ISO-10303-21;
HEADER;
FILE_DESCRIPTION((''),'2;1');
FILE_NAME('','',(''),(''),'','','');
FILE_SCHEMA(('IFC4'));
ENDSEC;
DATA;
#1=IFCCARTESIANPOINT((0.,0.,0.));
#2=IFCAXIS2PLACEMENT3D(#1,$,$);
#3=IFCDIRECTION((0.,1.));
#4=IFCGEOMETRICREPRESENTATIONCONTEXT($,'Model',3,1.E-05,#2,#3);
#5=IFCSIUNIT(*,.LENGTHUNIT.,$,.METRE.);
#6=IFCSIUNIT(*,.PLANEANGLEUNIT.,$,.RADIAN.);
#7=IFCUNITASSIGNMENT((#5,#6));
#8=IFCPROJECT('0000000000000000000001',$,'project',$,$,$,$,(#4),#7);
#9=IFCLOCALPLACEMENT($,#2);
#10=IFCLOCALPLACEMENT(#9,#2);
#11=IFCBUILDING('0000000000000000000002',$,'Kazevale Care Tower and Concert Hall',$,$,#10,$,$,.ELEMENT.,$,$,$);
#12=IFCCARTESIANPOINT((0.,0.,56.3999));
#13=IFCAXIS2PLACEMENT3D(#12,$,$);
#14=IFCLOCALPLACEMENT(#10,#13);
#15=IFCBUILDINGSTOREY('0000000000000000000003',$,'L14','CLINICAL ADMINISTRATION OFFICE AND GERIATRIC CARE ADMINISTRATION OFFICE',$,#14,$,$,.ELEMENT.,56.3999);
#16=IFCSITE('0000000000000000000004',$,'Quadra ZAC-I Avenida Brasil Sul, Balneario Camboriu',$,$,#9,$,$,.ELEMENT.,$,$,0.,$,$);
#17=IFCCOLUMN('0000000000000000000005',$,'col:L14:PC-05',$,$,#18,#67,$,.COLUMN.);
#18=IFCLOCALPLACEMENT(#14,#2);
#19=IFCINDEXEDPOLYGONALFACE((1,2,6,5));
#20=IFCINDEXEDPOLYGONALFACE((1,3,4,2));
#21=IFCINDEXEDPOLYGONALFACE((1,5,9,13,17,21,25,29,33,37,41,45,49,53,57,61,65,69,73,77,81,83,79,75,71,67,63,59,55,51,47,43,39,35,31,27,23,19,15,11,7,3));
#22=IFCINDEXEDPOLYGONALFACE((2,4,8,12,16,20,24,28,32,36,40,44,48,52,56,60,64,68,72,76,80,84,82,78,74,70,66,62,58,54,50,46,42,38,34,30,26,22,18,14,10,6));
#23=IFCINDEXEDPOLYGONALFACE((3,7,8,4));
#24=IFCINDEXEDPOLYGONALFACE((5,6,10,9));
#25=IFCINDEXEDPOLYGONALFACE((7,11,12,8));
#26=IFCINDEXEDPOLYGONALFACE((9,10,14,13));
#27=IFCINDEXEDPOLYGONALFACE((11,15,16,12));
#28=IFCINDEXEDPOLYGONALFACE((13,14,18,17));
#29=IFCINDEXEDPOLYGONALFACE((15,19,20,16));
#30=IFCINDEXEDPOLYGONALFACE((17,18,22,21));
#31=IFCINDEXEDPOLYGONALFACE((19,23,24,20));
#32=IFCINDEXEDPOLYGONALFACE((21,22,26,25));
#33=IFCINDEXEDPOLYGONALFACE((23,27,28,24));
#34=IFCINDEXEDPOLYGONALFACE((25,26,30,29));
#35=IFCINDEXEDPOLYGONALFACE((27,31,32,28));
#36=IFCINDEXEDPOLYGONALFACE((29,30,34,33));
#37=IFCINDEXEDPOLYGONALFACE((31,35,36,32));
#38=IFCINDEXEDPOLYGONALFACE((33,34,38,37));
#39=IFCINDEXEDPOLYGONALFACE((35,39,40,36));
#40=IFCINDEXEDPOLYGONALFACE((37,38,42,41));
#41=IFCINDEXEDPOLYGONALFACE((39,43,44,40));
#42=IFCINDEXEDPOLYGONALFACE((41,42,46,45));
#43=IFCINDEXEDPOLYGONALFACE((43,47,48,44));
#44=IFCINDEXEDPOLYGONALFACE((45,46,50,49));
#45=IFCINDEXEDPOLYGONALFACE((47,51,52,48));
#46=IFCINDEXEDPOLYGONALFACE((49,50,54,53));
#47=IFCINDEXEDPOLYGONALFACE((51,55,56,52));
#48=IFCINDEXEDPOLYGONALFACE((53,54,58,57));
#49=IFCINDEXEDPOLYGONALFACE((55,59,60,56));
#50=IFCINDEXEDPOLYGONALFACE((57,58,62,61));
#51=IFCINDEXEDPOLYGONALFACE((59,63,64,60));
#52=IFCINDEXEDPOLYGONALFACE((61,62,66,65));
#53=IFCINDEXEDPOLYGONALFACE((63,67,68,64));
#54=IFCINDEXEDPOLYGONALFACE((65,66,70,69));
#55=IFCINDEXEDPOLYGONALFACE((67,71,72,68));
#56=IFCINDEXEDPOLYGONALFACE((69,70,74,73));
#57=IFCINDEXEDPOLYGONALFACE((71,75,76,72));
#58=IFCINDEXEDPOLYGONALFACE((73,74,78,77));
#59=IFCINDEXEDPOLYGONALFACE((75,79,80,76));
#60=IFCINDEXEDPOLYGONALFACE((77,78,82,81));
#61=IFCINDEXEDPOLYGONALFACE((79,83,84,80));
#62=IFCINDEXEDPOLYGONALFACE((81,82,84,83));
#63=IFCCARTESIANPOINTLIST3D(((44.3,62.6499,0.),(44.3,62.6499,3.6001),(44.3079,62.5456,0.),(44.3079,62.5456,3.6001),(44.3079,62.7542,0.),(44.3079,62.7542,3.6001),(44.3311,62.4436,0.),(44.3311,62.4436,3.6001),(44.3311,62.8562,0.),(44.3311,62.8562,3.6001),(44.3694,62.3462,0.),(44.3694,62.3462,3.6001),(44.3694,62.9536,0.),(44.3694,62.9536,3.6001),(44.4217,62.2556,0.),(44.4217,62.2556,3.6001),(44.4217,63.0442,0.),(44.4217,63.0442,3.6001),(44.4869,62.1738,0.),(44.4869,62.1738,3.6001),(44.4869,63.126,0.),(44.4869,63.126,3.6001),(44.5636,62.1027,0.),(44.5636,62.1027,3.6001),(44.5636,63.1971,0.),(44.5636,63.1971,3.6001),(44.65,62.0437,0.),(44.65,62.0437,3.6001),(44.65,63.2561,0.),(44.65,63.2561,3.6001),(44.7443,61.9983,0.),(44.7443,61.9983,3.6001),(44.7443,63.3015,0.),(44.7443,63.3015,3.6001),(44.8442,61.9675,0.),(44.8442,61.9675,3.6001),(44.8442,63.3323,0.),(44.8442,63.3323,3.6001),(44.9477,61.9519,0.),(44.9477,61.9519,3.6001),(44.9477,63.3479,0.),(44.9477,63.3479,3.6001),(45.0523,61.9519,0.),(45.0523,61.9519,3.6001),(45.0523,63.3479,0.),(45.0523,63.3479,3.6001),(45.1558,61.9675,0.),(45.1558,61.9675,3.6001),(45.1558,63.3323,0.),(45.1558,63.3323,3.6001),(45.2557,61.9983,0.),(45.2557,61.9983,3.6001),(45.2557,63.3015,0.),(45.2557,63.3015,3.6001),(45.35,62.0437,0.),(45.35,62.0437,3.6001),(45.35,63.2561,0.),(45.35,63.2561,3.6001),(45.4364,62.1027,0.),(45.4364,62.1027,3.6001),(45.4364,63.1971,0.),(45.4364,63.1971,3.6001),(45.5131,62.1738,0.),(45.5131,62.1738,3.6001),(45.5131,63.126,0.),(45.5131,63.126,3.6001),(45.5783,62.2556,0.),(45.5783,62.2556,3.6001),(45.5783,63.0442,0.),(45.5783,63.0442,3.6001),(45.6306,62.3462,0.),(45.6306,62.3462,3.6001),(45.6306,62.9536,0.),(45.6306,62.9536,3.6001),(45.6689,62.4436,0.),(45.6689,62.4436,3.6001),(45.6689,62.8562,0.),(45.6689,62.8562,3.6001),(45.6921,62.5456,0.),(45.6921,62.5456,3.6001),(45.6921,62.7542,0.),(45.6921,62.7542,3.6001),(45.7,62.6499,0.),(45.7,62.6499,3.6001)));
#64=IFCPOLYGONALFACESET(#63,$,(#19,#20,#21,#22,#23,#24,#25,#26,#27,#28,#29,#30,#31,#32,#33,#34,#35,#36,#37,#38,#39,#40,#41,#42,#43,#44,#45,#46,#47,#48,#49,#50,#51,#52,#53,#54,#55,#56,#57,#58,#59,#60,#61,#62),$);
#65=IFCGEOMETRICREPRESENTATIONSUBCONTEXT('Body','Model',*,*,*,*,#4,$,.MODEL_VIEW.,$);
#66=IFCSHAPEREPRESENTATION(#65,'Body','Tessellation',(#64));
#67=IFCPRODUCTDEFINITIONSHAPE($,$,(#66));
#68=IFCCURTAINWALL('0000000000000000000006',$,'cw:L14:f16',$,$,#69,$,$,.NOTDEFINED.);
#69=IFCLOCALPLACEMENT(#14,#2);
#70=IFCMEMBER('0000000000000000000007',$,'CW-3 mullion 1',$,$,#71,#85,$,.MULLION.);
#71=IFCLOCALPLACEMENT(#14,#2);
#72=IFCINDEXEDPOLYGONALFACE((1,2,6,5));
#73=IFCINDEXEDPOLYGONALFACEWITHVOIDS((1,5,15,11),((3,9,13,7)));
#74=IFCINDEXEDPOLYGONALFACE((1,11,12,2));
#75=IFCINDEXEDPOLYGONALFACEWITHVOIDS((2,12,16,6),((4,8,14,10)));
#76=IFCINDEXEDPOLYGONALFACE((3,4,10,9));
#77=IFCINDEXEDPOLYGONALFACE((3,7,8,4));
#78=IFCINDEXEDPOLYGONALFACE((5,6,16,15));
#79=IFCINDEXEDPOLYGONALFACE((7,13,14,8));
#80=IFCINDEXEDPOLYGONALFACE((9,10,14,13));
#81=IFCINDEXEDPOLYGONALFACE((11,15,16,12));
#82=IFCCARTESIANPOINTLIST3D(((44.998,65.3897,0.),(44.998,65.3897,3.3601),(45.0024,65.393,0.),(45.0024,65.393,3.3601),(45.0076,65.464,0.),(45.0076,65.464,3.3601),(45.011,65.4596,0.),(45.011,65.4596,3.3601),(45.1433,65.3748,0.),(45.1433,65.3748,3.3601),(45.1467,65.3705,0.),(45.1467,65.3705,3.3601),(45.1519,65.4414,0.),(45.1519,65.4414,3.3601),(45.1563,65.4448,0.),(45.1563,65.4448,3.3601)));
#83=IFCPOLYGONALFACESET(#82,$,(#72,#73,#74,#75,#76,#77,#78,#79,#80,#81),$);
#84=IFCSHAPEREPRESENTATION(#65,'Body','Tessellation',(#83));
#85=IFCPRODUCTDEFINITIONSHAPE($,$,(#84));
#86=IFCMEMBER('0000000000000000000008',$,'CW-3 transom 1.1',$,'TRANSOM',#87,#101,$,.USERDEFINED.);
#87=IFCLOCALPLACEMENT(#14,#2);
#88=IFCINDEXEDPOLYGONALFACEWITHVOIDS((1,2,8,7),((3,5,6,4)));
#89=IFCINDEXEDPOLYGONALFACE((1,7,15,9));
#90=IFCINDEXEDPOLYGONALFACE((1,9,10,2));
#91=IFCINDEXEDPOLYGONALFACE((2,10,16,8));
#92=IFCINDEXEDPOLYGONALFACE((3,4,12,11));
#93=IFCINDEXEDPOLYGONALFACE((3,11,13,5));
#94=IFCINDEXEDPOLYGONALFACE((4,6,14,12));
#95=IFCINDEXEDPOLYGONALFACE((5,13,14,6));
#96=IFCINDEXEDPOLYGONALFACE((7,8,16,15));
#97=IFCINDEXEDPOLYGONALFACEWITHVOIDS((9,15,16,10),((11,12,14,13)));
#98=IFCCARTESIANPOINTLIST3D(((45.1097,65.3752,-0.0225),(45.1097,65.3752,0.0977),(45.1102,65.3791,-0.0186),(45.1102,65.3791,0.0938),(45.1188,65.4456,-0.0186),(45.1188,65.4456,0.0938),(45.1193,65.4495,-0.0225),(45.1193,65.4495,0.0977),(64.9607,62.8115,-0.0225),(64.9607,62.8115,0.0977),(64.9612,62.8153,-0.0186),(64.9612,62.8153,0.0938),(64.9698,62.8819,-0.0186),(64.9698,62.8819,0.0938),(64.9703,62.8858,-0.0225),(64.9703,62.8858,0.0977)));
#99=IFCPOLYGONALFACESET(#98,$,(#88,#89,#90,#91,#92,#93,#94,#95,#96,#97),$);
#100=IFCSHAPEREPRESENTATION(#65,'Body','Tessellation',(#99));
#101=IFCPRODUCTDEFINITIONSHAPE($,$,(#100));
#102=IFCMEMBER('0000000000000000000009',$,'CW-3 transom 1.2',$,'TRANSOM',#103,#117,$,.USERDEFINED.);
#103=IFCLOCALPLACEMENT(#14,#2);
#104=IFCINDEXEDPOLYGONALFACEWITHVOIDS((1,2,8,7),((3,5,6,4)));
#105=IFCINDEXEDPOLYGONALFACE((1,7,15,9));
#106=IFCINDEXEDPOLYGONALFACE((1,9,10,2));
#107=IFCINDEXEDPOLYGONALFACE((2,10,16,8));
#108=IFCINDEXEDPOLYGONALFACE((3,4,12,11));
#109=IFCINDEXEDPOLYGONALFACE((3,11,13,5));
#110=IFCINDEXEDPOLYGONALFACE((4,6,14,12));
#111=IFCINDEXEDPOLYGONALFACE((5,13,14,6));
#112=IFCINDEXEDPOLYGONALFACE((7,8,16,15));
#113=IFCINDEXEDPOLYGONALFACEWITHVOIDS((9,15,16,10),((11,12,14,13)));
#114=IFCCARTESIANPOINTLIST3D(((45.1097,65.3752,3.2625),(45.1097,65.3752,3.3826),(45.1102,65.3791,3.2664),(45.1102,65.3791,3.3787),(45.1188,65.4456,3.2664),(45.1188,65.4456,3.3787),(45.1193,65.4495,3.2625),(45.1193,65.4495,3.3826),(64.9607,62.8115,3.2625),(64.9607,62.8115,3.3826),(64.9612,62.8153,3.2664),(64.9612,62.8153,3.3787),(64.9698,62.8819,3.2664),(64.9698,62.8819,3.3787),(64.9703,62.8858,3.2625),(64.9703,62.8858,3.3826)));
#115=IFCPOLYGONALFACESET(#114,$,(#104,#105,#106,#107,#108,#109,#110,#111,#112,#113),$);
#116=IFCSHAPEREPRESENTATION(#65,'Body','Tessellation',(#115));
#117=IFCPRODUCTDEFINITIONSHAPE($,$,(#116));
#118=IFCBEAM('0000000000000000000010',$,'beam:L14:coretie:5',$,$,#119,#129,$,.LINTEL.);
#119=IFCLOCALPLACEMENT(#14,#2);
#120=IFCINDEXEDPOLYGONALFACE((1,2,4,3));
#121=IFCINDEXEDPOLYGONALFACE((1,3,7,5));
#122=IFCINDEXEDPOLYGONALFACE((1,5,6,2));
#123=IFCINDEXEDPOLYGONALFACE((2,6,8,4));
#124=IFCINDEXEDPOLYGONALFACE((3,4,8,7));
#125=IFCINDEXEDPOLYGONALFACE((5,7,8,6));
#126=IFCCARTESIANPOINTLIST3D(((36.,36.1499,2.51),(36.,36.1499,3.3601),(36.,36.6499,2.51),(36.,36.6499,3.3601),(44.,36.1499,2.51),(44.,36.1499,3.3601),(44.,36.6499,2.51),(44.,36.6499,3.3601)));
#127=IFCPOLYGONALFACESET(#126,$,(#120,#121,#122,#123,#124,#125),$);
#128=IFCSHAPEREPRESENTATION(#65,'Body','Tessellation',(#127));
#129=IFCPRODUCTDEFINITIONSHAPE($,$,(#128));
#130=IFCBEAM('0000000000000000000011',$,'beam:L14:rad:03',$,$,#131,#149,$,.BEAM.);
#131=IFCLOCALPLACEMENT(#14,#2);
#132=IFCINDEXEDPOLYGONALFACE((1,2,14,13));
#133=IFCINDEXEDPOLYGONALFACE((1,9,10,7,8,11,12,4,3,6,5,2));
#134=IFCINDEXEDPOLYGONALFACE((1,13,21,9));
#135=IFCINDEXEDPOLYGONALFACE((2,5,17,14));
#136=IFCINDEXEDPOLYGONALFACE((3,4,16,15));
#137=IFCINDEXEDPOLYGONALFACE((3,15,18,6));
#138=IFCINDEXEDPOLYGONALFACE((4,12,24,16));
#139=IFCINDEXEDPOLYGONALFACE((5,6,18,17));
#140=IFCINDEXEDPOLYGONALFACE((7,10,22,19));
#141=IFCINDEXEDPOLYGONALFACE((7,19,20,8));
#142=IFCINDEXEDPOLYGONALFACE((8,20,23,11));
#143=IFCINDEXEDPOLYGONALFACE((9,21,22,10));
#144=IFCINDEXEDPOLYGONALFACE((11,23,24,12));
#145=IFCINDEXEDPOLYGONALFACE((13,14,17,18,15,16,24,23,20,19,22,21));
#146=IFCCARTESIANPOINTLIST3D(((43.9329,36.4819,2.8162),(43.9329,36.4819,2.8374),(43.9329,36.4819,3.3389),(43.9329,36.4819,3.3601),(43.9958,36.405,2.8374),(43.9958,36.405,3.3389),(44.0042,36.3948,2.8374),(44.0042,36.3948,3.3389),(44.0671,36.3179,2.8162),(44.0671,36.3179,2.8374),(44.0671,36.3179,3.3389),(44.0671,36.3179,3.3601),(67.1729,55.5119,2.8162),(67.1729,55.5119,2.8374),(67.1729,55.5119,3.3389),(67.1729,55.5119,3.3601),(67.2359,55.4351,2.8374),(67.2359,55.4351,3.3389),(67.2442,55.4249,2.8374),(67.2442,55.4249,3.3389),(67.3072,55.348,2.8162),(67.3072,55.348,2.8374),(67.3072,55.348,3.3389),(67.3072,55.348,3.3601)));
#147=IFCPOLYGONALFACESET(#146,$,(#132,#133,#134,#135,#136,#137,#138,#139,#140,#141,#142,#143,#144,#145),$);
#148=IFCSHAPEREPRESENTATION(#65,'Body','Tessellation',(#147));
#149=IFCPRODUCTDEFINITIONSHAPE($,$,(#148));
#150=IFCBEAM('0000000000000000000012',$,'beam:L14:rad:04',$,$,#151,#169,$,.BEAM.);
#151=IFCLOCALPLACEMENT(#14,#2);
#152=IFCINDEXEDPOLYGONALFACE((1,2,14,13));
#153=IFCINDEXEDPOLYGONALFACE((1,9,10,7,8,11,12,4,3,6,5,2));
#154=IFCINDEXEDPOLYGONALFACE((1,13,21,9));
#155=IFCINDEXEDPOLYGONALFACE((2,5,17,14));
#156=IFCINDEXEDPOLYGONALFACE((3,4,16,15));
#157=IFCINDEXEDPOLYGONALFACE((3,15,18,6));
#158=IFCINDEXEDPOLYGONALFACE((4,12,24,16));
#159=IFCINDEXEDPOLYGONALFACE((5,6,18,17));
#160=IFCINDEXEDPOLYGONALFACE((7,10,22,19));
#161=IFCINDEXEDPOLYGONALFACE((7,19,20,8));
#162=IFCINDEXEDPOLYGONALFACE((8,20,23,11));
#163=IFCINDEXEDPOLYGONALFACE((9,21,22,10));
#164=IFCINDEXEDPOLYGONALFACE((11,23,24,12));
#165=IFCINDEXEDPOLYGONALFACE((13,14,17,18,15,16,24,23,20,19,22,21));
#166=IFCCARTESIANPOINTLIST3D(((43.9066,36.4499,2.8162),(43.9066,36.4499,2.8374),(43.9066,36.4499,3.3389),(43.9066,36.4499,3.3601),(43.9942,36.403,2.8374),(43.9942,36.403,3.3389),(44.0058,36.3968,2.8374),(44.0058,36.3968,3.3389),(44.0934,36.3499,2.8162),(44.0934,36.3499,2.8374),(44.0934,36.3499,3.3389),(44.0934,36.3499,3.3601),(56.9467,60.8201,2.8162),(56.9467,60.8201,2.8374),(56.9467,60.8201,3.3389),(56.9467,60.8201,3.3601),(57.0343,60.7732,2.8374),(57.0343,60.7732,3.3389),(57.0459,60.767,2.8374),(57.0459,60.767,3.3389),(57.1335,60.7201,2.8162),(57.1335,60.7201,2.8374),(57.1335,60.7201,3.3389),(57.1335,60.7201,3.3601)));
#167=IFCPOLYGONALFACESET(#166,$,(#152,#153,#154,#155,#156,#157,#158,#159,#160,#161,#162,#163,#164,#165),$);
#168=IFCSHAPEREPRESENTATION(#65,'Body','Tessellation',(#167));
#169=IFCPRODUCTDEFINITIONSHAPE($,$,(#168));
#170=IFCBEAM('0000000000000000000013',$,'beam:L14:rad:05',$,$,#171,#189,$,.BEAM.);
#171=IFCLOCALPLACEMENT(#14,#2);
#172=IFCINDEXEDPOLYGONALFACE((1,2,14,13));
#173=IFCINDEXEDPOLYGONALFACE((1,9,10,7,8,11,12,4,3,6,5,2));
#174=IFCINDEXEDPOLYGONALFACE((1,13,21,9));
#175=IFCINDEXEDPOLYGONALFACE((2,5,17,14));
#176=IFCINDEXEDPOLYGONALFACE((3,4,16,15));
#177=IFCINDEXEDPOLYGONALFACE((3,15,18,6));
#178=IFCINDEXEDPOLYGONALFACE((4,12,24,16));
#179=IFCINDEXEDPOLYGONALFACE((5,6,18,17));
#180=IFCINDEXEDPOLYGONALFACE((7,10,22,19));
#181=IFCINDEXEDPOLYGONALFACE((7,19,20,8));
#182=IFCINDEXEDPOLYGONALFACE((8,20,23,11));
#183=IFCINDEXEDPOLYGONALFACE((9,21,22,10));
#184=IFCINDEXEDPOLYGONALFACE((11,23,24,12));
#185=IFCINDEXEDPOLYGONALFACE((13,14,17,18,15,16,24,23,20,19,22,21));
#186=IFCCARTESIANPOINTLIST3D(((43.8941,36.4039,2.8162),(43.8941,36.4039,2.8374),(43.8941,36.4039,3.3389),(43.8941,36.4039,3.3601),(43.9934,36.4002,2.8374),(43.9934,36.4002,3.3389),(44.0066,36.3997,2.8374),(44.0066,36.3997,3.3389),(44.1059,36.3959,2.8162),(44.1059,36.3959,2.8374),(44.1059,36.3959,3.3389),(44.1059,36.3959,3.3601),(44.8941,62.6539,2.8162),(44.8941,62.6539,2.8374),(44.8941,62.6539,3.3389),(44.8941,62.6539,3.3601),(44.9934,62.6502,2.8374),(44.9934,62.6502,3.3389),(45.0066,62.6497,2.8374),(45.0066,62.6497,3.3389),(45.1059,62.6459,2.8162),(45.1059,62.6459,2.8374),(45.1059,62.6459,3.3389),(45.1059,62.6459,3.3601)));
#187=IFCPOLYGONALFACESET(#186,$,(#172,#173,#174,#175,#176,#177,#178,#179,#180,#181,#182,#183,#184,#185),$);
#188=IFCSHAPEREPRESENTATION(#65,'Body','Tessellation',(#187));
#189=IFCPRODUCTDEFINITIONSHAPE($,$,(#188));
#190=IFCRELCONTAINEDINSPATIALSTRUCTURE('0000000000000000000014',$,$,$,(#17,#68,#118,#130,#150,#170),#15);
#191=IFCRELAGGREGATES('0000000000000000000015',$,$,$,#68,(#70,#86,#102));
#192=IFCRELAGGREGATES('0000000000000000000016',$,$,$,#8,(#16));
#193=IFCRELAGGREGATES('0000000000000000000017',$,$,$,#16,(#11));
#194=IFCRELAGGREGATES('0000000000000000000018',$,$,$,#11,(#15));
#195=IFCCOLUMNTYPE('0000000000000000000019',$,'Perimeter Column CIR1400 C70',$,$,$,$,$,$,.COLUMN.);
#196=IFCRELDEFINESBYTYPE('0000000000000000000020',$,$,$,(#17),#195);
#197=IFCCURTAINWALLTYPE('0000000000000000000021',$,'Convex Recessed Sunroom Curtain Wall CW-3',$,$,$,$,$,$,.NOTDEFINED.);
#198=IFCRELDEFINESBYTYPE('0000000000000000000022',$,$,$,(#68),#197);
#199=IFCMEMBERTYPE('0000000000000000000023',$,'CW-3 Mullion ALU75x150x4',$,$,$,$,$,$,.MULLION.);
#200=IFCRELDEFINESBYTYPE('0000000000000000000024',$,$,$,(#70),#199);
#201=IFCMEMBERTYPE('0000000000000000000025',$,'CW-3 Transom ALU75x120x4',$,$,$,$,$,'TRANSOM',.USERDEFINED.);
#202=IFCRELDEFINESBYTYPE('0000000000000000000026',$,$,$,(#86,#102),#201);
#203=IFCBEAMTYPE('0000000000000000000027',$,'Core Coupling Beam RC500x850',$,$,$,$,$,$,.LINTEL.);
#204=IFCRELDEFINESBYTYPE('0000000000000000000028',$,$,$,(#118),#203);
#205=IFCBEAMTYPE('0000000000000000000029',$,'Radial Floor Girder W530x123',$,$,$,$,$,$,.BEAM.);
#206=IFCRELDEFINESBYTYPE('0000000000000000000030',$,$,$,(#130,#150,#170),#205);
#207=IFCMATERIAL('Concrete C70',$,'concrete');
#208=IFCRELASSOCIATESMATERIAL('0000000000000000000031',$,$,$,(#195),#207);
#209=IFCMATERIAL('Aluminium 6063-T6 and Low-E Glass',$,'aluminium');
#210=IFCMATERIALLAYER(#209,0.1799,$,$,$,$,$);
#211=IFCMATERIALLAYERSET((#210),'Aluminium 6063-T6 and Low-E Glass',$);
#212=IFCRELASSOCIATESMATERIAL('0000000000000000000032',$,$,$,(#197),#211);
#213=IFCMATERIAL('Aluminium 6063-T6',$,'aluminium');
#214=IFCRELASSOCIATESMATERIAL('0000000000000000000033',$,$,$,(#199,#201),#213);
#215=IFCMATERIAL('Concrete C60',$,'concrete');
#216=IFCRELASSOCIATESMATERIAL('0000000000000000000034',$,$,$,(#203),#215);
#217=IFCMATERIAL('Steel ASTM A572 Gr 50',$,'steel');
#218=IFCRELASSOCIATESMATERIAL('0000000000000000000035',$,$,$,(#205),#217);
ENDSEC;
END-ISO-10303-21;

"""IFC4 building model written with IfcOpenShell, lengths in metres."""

from ifc_helpers import new_model, si_unit, direction, frame, origin, origin_2d, place, context, subcontext, project, spatial, rectangle, hollow_rectangle, circle, i_section, extrude, material, layer, layer_set, material_profile, profile_set, type_object, element, aggregate, save


model = new_model("IFC4")

# Units and contexts
model_context = context("Model", 3, precision=1e-05, world=origin(), true_north=direction((0.0, 1.0)))
body_context = subcontext(model_context, "Body", "Model", "MODEL_VIEW")
ifc_project = project(units=[si_unit("LENGTHUNIT", "METRE"), si_unit("PLANEANGLEUNIT", "RADIAN")], contexts=[model_context])

# Site, building, storey
site_placement = place(None, origin())
site = spatial("IfcSite", under=ifc_project, at=site_placement, Name="Quadra ZAC-I Avenida Brasil Sul, Balneario Camboriu", CompositionType="ELEMENT", RefElevation=0.0)
building_placement = place(site_placement, origin())
building = spatial("IfcBuilding", under=site, at=building_placement, Name="Kazevale Care Tower and Concert Hall", CompositionType="ELEMENT")
storey_placement = place(building_placement, frame((0.0, 0.0, 56.3999)))
storey = spatial("IfcBuildingStorey", under=building, at=storey_placement, Name="L14", Description="CLINICAL ADMINISTRATION OFFICE AND GERIATRIC CARE ADMINISTRATION OFFICE", CompositionType="ELEMENT", Elevation=56.3999)

# Column
ifc_material_1 = material(Name="Concrete C70", Category="concrete")
ifc_material_profile_1 = material_profile(ifc_material_1, circle(Radius=0.7, at=origin_2d()), Name="RC-CIR1400")
ifc_profile_set_1 = profile_set([ifc_material_profile_1], Name="Concrete C70")
column_type = type_object("IfcColumnType", Name="Perimeter Column CIR1400 C70", PredefinedType="COLUMN", material=ifc_profile_set_1)
column_placement = place(storey_placement, frame((45.0, 62.6499, 0.0), z_axis=(0.0, 0.0, 1.0), x_axis=(1.0, 0.0, 0.0)))
element("IfcColumn", 1, at=column_placement, inside=storey, type_object=column_type, Name="col:L14:PC-05", PredefinedType="COLUMN", context=body_context, shape_type="SweptSolid", body=[
    extrude(circle(Radius=0.7, at=origin_2d()), origin(), (0.0, 0.0, 1.0), 3.6001),
])

# Curtain wall, members
ifc_material_2 = material(Name="Aluminium 6063-T6 and Low-E Glass", Category="aluminium")
ifc_layer_1 = layer(ifc_material_2, 0.1799)
ifc_layer_set_1 = layer_set([ifc_layer_1], Name="Aluminium 6063-T6 and Low-E Glass")
curtain_wall_type = type_object("IfcCurtainWallType", Name="Convex Recessed Sunroom Curtain Wall CW-3", PredefinedType="NOTDEFINED", material=ifc_layer_set_1)
curtain_wall_placement = place(storey_placement, origin())
curtain_wall = element("IfcCurtainWall", 2, at=curtain_wall_placement, inside=storey, type_object=curtain_wall_type, Name="cw:L14:f16", PredefinedType="NOTDEFINED")
ifc_material_3 = material(Name="Aluminium 6063-T6", Category="aluminium")
ifc_material_profile_2 = material_profile(ifc_material_3, hollow_rectangle(XDim=0.075, YDim=0.1499, WallThickness=0.0039, at=origin_2d()), Name="ALU75x150x4")
ifc_profile_set_2 = profile_set([ifc_material_profile_2], Name="Aluminium 6063-T6")
member_type_1 = type_object("IfcMemberType", Name="CW-3 Mullion ALU75x150x4", PredefinedType="MULLION", material=ifc_profile_set_2)
member_1_placement = place(storey_placement, frame((45.0771, 65.4172, 0.0), z_axis=(0.0, 0.0, 1.0), x_axis=(0.128086, 0.991763, 0.0)))
member_1 = element("IfcMember", 3, at=member_1_placement, type_object=member_type_1, Name="CW-3 mullion 1", PredefinedType="MULLION", context=body_context, shape_type="SweptSolid", body=[
    extrude(hollow_rectangle(XDim=0.075, YDim=0.1499, WallThickness=0.0039, at=origin_2d()), origin(), (0.0, 0.0, 1.0), 3.3601),
])
ifc_material_profile_3 = material_profile(ifc_material_3, hollow_rectangle(XDim=0.075, YDim=0.1201, WallThickness=0.0039, at=origin_2d()), Name="ALU75x120x4")
ifc_profile_set_3 = profile_set([ifc_material_profile_3], Name="Aluminium 6063-T6")
member_type_2 = type_object("IfcMemberType", Name="CW-3 Transom ALU75x120x4", ElementType="TRANSOM", PredefinedType="USERDEFINED", material=ifc_profile_set_3)
member_2_placement = place(storey_placement, frame((45.1145, 65.4124, 0.0376), z_axis=(0.991763, -0.128084, 0.0), x_axis=(0.128084, 0.991763, 0.0)))
member_2 = element("IfcMember", 4, at=member_2_placement, type_object=member_type_2, Name="CW-3 transom 1.1", ObjectType="TRANSOM", PredefinedType="USERDEFINED", context=body_context, shape_type="SweptSolid", body=[
    extrude(hollow_rectangle(XDim=0.075, YDim=0.1201, WallThickness=0.0039, at=origin_2d()), origin(), (0.0, 0.0, 1.0), 20.0159),
])
member_3_placement = place(storey_placement, frame((45.1145, 65.4124, 3.3225), z_axis=(0.991763, -0.128084, 0.0), x_axis=(0.128084, 0.991763, 0.0)))
member_3 = element("IfcMember", 5, at=member_3_placement, type_object=member_type_2, Name="CW-3 transom 1.2", ObjectType="TRANSOM", PredefinedType="USERDEFINED", context=body_context, shape_type="SweptSolid", body=[
    extrude(hollow_rectangle(XDim=0.075, YDim=0.1201, WallThickness=0.0039, at=origin_2d()), origin(), (0.0, 0.0, 1.0), 20.0159),
])
aggregate(curtain_wall, [member_1, member_2, member_3])

# Beams
ifc_material_4 = material(Name="Concrete C60", Category="concrete")
ifc_material_profile_4 = material_profile(ifc_material_4, rectangle(XDim=0.5, YDim=0.8501, at=origin_2d()), Name="RC-B500x850")
ifc_profile_set_4 = profile_set([ifc_material_profile_4], Name="Concrete C60")
beam_type_1 = type_object("IfcBeamType", Name="Core Coupling Beam RC500x850", PredefinedType="LINTEL", material=ifc_profile_set_4)
beam_1_placement = place(storey_placement, frame((44.0, 36.3999, 2.9351), z_axis=(-1.0, 0.0, 0.0), x_axis=(0.0, -1.0, 0.0)))
element("IfcBeam", 6, at=beam_1_placement, inside=storey, type_object=beam_type_1, Name="beam:L14:coretie:5", PredefinedType="LINTEL", context=body_context, shape_type="SweptSolid", body=[
    extrude(rectangle(XDim=0.5, YDim=0.8501, at=origin_2d()), origin(), (0.0, 0.0, 1.0), 8.0),
])
ifc_material_5 = material(Name="Steel ASTM A572 Gr 50", Category="steel")
ifc_material_profile_5 = material_profile(ifc_material_5, i_section(OverallWidth=0.2119, OverallDepth=0.5439, WebThickness=0.0132, FlangeThickness=0.0212, at=origin_2d()), Name="W530x123")
ifc_profile_set_5 = profile_set([ifc_material_profile_5], Name="Steel ASTM A572 Gr 50")
beam_type_2 = type_object("IfcBeamType", Name="Radial Floor Girder W530x123", PredefinedType="BEAM", material=ifc_profile_set_5)
beam_2_placement = place(storey_placement, frame((44.0, 36.3999, 3.0881), z_axis=(0.773704, 0.633547, 0.0), x_axis=(-0.633547, 0.773704, 0.0)))
element("IfcBeam", 7, at=beam_2_placement, inside=storey, type_object=beam_type_2, Name="beam:L14:rad:03", PredefinedType="BEAM", context=body_context, shape_type="SweptSolid", body=[
    extrude(i_section(OverallWidth=0.2119, OverallDepth=0.5439, WebThickness=0.0132, FlangeThickness=0.0212, at=origin_2d()), origin(), (0.0, 0.0, 1.0), 30.0374),
])
beam_3_placement = place(storey_placement, frame((44.0, 36.3999, 3.0881), z_axis=(0.471789, 0.881712, 0.0), x_axis=(-0.881712, 0.471789, 0.0)))
element("IfcBeam", 8, at=beam_3_placement, inside=storey, type_object=beam_type_2, Name="beam:L14:rad:04", PredefinedType="BEAM", context=body_context, shape_type="SweptSolid", body=[
    extrude(i_section(OverallWidth=0.2119, OverallDepth=0.5439, WebThickness=0.0132, FlangeThickness=0.0212, at=origin_2d()), origin(), (0.0, 0.0, 1.0), 27.6396),
])
beam_4_placement = place(storey_placement, frame((44.0, 36.3999, 3.0881), z_axis=(0.038068, 0.999275, 0.0), x_axis=(-0.999275, 0.038068, 0.0)))
element("IfcBeam", 9, at=beam_4_placement, inside=storey, type_object=beam_type_2, Name="beam:L14:rad:05", PredefinedType="BEAM", context=body_context, shape_type="SweptSolid", body=[
    extrude(i_section(OverallWidth=0.2119, OverallDepth=0.5439, WebThickness=0.0132, FlangeThickness=0.0212, at=origin_2d()), origin(), (0.0, 0.0, 1.0), 26.269),
])

save(model, "model.ifc")
